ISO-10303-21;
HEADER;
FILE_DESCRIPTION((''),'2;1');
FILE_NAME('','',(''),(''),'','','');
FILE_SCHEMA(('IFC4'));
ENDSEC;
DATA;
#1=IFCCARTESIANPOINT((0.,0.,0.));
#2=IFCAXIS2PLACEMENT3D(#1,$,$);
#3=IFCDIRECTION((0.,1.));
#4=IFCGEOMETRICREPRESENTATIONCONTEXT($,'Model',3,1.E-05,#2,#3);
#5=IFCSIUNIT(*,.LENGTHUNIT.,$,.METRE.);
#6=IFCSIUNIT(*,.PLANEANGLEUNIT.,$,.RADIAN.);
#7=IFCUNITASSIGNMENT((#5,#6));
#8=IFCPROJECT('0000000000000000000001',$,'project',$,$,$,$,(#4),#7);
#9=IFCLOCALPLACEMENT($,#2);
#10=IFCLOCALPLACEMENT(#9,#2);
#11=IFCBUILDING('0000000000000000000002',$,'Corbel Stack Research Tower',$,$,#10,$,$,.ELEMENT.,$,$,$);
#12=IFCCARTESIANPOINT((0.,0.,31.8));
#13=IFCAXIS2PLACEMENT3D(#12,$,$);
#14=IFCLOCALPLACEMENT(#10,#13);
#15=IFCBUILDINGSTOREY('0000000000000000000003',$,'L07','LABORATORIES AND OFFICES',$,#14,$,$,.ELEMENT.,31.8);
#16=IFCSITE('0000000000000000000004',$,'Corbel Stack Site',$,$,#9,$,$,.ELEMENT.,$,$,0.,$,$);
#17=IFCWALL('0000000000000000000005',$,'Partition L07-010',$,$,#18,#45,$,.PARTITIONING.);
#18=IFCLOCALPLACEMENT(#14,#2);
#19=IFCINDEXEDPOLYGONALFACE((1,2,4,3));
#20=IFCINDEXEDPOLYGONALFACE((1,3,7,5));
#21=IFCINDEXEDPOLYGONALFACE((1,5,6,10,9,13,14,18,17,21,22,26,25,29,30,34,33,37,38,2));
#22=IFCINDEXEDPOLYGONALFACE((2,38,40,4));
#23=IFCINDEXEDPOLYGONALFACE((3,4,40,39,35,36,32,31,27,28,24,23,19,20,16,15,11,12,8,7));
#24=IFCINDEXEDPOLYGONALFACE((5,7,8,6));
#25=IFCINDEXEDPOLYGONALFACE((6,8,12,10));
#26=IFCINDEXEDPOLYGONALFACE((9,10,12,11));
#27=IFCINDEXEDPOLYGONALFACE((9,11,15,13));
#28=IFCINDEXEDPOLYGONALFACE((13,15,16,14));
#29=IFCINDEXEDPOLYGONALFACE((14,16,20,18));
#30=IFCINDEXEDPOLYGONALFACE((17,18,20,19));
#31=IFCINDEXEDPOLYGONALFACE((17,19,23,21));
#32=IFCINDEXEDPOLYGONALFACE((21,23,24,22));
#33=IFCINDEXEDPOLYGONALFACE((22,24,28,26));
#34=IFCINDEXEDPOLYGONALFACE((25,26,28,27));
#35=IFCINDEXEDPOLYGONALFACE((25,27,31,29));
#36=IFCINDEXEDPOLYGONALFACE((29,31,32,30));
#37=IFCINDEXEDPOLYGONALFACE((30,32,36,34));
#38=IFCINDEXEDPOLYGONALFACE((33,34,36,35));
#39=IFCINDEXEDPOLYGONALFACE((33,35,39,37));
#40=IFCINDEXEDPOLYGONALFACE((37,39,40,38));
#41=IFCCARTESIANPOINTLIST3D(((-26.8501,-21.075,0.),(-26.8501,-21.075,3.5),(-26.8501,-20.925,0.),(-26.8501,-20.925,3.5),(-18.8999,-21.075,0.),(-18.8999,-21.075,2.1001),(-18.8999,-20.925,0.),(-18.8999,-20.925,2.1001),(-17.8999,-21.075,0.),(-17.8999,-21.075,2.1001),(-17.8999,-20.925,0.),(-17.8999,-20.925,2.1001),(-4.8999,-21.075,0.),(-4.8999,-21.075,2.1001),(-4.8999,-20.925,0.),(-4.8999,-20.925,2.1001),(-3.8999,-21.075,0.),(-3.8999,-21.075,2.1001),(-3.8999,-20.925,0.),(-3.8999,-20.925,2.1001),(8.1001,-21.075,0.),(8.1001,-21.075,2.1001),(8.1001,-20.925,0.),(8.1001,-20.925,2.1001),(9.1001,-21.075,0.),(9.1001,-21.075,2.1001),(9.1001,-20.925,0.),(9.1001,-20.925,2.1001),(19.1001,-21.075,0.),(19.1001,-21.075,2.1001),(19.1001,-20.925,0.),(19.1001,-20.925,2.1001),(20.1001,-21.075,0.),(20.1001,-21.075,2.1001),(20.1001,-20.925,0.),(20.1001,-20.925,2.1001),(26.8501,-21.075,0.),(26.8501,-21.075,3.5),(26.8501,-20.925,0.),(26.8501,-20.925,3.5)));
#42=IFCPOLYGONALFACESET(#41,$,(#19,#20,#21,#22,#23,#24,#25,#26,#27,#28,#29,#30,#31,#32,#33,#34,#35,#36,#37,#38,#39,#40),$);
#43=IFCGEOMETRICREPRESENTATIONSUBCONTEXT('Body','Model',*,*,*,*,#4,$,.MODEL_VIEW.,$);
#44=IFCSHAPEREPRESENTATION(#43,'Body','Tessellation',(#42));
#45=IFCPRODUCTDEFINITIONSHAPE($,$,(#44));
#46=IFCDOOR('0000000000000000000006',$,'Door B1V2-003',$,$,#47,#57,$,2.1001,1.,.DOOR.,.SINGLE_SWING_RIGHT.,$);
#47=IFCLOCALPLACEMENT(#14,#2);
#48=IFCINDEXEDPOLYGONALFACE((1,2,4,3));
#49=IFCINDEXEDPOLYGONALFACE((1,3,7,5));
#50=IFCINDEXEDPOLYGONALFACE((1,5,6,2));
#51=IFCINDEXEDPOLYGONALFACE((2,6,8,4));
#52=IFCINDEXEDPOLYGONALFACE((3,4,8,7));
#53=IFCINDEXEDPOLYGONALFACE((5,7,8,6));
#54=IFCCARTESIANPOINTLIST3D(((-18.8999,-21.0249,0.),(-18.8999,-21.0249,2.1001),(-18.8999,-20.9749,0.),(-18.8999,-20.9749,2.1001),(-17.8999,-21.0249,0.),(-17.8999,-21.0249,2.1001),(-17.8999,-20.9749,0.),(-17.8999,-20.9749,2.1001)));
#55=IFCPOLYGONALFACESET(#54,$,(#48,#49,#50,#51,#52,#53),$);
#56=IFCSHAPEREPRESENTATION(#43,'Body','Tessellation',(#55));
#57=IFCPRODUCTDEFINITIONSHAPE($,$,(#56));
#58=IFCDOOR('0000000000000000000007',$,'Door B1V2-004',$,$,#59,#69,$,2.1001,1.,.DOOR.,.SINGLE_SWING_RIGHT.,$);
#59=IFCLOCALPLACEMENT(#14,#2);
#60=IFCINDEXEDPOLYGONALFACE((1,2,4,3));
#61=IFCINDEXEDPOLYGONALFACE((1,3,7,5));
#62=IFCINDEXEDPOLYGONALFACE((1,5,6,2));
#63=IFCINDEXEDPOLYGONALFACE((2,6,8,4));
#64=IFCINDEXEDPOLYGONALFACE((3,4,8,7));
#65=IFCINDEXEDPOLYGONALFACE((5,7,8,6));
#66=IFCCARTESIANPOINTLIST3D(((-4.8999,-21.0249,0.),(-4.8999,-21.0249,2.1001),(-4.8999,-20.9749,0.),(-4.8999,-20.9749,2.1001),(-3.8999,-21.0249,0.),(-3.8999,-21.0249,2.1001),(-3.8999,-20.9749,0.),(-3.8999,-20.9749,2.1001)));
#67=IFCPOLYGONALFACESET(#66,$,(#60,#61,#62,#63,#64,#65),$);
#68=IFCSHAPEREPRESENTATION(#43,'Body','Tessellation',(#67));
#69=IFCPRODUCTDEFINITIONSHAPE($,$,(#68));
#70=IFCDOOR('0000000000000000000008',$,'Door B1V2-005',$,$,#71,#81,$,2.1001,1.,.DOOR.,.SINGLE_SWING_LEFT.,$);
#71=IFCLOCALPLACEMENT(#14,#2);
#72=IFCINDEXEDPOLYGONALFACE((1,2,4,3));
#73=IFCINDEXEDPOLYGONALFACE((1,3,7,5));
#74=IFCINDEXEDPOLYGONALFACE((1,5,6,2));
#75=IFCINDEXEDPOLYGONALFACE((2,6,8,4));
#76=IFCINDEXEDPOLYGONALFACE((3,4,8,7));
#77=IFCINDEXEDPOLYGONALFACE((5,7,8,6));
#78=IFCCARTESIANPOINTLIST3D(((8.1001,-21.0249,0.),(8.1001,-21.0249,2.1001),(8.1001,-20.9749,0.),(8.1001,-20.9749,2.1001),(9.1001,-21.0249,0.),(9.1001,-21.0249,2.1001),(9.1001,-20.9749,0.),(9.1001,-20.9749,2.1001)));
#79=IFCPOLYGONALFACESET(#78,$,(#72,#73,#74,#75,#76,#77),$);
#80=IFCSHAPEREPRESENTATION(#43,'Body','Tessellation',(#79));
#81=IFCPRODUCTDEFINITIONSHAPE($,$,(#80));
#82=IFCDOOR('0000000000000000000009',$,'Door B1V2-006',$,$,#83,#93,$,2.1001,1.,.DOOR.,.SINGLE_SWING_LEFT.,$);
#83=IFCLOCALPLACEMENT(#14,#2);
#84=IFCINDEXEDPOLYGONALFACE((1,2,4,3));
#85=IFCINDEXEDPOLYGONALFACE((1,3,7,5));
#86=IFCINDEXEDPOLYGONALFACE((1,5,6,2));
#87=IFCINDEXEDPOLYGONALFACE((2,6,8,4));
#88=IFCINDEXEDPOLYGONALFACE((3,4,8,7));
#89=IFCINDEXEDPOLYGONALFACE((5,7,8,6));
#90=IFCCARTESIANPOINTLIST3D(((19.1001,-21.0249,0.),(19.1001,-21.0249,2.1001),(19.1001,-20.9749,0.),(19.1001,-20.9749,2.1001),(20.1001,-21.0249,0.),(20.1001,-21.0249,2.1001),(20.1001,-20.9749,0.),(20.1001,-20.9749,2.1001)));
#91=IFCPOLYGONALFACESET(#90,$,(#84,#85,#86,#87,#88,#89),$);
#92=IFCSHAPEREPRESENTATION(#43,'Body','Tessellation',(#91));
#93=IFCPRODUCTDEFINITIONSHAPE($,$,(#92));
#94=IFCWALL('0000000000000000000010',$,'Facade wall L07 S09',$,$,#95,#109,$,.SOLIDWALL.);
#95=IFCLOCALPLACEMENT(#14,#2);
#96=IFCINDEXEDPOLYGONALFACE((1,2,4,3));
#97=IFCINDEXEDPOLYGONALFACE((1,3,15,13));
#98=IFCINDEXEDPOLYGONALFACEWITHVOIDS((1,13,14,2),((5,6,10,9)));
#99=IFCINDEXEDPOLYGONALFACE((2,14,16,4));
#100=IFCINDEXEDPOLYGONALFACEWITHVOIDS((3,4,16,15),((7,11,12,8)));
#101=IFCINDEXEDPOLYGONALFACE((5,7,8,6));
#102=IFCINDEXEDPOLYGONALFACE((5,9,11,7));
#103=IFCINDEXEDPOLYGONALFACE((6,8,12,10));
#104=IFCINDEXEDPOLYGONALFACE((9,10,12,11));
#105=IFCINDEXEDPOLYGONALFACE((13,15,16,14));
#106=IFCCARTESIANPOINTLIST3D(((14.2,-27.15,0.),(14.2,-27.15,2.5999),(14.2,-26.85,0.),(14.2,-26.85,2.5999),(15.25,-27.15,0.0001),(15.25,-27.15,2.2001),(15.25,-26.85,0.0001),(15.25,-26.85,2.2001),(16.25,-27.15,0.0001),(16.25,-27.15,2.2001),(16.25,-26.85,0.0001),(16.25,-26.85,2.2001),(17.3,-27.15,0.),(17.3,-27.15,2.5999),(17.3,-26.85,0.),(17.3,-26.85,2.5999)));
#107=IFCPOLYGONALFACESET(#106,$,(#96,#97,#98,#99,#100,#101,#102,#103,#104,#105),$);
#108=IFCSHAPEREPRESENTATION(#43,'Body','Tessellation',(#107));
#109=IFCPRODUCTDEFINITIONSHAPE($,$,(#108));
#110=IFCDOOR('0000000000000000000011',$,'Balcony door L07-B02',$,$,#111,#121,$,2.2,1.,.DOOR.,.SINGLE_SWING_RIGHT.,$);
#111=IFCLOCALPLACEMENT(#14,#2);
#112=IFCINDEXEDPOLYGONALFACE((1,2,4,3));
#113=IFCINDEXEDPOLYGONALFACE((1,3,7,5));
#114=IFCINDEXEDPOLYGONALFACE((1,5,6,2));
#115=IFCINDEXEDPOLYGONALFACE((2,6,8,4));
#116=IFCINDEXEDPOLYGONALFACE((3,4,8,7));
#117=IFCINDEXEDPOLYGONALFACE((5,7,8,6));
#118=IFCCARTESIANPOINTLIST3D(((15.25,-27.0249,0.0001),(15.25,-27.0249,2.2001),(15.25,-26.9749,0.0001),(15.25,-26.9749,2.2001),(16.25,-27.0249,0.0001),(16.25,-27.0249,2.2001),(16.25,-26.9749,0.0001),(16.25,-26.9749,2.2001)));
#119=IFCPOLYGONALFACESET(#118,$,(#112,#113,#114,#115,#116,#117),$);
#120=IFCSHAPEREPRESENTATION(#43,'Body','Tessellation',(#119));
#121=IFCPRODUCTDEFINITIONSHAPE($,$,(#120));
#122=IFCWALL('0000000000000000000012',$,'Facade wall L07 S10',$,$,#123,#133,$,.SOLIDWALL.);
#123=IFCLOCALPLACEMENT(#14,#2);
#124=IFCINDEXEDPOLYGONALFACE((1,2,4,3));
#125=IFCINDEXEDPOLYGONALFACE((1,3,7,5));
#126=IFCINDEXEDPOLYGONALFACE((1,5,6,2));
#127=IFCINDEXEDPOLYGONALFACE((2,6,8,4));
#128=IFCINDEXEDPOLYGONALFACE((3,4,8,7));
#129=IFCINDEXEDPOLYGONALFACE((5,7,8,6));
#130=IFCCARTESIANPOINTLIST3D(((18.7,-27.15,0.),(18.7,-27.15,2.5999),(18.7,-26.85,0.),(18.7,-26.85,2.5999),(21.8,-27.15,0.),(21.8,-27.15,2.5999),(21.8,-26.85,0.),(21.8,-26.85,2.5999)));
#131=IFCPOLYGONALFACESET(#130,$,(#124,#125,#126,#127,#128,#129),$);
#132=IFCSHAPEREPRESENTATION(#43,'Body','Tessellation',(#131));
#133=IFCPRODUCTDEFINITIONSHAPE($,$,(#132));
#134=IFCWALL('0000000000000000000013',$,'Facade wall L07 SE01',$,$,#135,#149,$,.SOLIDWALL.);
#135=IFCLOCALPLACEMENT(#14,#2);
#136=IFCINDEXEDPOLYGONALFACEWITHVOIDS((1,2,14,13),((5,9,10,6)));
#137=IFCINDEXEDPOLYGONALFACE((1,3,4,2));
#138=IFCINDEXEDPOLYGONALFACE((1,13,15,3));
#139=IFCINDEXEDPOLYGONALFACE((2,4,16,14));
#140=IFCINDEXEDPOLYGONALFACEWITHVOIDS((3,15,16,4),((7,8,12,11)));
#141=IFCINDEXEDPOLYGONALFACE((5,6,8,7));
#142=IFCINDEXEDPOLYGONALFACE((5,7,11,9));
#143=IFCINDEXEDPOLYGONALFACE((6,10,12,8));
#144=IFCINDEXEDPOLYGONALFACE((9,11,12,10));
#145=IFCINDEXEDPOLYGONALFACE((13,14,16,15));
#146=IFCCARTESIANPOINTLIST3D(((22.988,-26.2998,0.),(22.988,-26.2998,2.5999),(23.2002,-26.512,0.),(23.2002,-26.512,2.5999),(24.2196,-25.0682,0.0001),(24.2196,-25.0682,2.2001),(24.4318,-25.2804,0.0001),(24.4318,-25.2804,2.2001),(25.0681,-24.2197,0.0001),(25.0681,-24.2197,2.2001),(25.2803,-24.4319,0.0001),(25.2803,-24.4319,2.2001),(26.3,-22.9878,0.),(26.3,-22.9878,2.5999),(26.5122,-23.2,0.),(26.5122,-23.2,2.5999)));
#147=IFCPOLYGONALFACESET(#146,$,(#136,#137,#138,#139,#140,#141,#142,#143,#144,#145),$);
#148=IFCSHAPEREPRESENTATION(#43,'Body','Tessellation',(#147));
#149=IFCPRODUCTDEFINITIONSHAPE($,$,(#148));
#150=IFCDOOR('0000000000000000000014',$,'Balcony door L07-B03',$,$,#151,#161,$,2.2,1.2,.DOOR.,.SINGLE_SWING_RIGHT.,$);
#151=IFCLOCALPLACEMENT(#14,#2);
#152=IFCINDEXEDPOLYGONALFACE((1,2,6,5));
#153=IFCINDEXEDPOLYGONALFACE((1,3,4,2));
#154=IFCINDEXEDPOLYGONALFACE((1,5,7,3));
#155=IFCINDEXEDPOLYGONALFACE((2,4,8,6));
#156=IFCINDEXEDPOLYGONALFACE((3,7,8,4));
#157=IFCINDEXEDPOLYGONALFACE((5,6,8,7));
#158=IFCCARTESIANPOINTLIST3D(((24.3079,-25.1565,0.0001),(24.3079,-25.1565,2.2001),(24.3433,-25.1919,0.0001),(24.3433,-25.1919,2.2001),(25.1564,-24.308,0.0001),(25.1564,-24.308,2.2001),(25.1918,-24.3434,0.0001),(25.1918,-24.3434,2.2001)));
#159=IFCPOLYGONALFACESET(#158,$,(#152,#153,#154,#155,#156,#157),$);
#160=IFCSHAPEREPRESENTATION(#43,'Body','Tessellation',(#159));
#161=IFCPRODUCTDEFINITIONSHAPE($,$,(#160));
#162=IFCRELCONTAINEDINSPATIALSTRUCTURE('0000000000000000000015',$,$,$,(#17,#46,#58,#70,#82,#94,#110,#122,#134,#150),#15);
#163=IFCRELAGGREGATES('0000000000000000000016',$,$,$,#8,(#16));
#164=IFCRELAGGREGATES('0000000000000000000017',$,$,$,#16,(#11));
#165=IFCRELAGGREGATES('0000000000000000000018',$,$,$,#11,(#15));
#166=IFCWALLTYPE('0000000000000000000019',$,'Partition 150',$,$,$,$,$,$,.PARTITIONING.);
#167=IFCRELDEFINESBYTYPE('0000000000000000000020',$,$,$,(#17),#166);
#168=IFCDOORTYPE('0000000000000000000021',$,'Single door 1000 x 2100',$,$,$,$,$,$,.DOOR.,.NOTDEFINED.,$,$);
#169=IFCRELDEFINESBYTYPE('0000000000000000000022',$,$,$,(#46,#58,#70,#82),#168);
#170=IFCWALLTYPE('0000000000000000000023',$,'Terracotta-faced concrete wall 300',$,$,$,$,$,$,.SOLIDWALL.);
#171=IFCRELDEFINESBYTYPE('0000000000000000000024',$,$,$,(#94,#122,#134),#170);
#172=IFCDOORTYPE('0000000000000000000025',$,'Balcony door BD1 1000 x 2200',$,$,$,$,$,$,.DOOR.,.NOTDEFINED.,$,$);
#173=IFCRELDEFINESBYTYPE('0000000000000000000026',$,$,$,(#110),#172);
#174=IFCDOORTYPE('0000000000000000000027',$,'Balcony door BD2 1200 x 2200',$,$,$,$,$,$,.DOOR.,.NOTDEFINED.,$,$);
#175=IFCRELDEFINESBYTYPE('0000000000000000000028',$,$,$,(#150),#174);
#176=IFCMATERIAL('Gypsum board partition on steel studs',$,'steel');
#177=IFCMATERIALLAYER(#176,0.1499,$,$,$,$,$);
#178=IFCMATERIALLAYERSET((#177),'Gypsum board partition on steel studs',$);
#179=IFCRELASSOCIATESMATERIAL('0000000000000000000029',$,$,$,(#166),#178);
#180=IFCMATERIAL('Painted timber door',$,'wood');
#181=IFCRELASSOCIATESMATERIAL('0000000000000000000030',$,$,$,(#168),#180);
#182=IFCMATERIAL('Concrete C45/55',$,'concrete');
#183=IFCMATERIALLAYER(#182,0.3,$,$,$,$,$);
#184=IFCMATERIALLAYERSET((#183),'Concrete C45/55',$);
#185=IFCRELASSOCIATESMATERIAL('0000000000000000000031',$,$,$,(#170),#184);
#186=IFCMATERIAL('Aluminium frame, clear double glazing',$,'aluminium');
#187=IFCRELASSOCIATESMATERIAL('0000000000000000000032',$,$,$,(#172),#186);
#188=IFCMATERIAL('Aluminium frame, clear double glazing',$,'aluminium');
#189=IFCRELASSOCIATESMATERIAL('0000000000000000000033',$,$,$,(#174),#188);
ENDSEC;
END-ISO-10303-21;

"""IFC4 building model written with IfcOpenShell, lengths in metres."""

from ifc_helpers import new_model, si_unit, direction, frame, frame_2d, origin, place, context, subcontext, project, spatial, rectangle, extrude, material, layer, layer_set, type_object, element, fill, save


model = new_model("IFC4")

# Units and contexts
model_context = context("Model", 3, precision=1e-05, world=origin(), true_north=direction((0.0, 1.0)))
body_context = subcontext(model_context, "Body", "Model", "MODEL_VIEW")
ifc_project = project(units=[si_unit("LENGTHUNIT", "METRE"), si_unit("PLANEANGLEUNIT", "RADIAN")], contexts=[model_context])

# Site, building, storey
site_placement = place(None, origin())
site = spatial("IfcSite", under=ifc_project, at=site_placement, Name="Corbel Stack Site", CompositionType="ELEMENT", RefElevation=0.0)
building_placement = place(site_placement, origin())
building = spatial("IfcBuilding", under=site, at=building_placement, Name="Corbel Stack Research Tower", CompositionType="ELEMENT")
storey_placement = place(building_placement, frame((0.0, 0.0, 31.8)))
storey = spatial("IfcBuildingStorey", under=building, at=storey_placement, Name="L07", Description="LABORATORIES AND OFFICES", CompositionType="ELEMENT", Elevation=31.8)

# Wall, openings, doors
ifc_material_1 = material(Name="Gypsum board partition on steel studs", Category="steel")
ifc_layer_1 = layer(ifc_material_1, 0.1499)
ifc_layer_set_1 = layer_set([ifc_layer_1], Name="Gypsum board partition on steel studs")
wall_type_1 = type_object("IfcWallType", Name="Partition 150", PredefinedType="PARTITIONING", material=ifc_layer_set_1)
wall_1_placement = place(storey_placement, frame((26.8501, -21.0, 0.0), z_axis=(0.0, 0.0, 1.0), x_axis=(-1.0, 0.0, 0.0)))
wall_1 = element("IfcWall", 1, at=wall_1_placement, inside=storey, type_object=wall_type_1, Name="Partition L07-010", PredefinedType="PARTITIONING", context=body_context, shape_type="SweptSolid", body=[
    extrude(rectangle(XDim=53.7002, YDim=0.1499, at=frame_2d((26.8501, 0.0))), origin(), (0.0, 0.0, 1.0), 3.5),
])
opening_1_placement = place(wall_1_placement, frame((44.75, 0.0, 0.0)))
opening_1 = element("IfcOpeningElement", 2, at=opening_1_placement, cuts=wall_1, PredefinedType="OPENING", context=body_context, shape_type="SweptSolid", body=[
    extrude(rectangle(XDim=1.0, YDim=2.1001, at=frame_2d((0.5, 1.05))), frame((0.0, 0.085, 0.0), z_axis=(0.0, -1.0, 0.0), x_axis=(1.0, 0.0, 0.0)), (0.0, 0.0, 1.0), 0.1699),
])
opening_2_placement = place(wall_1_placement, frame((30.75, 0.0, 0.0)))
opening_2 = element("IfcOpeningElement", 3, at=opening_2_placement, cuts=wall_1, PredefinedType="OPENING", context=body_context, shape_type="SweptSolid", body=[
    extrude(rectangle(XDim=1.0, YDim=2.1001, at=frame_2d((0.5, 1.05))), frame((0.0, 0.085, 0.0), z_axis=(0.0, -1.0, 0.0), x_axis=(1.0, 0.0, 0.0)), (0.0, 0.0, 1.0), 0.1699),
])
opening_3_placement = place(wall_1_placement, frame((17.75, 0.0, 0.0)))
opening_3 = element("IfcOpeningElement", 4, at=opening_3_placement, cuts=wall_1, PredefinedType="OPENING", context=body_context, shape_type="SweptSolid", body=[
    extrude(rectangle(XDim=1.0, YDim=2.1001, at=frame_2d((0.5, 1.05))), frame((0.0, 0.085, 0.0), z_axis=(0.0, -1.0, 0.0), x_axis=(1.0, 0.0, 0.0)), (0.0, 0.0, 1.0), 0.1699),
])
opening_4_placement = place(wall_1_placement, frame((6.75, 0.0, 0.0)))
opening_4 = element("IfcOpeningElement", 5, at=opening_4_placement, cuts=wall_1, PredefinedType="OPENING", context=body_context, shape_type="SweptSolid", body=[
    extrude(rectangle(XDim=1.0, YDim=2.1001, at=frame_2d((0.5, 1.05))), frame((0.0, 0.085, 0.0), z_axis=(0.0, -1.0, 0.0), x_axis=(1.0, 0.0, 0.0)), (0.0, 0.0, 1.0), 0.1699),
])
ifc_material_2 = material(Name="Painted timber door", Category="wood")
door_type_1 = type_object("IfcDoorType", Name="Single door 1000 x 2100", OperationType="NOTDEFINED", PredefinedType="DOOR", material=ifc_material_2)
door_1_placement = place(opening_1_placement, origin())
door_1 = element("IfcDoor", 6, at=door_1_placement, inside=storey, type_object=door_type_1, Name="Door B1V2-003", OperationType="SINGLE_SWING_RIGHT", OverallHeight=2.1001, OverallWidth=1.0, PredefinedType="DOOR", context=body_context, shape_type="SweptSolid", body=[
    extrude(rectangle(XDim=1.0, YDim=2.1001, at=frame_2d((0.5, 1.05))), frame((0.0, 0.0249, 0.0), z_axis=(0.0, -1.0, 0.0), x_axis=(1.0, 0.0, 0.0)), (0.0, 0.0, 1.0), 0.05),
])
fill(opening_1, door_1)
door_2_placement = place(opening_2_placement, origin())
door_2 = element("IfcDoor", 7, at=door_2_placement, inside=storey, type_object=door_type_1, Name="Door B1V2-004", OperationType="SINGLE_SWING_RIGHT", OverallHeight=2.1001, OverallWidth=1.0, PredefinedType="DOOR", context=body_context, shape_type="SweptSolid", body=[
    extrude(rectangle(XDim=1.0, YDim=2.1001, at=frame_2d((0.5, 1.05))), frame((0.0, 0.0249, 0.0), z_axis=(0.0, -1.0, 0.0), x_axis=(1.0, 0.0, 0.0)), (0.0, 0.0, 1.0), 0.05),
])
fill(opening_2, door_2)
door_3_placement = place(opening_3_placement, origin())
door_3 = element("IfcDoor", 8, at=door_3_placement, inside=storey, type_object=door_type_1, Name="Door B1V2-005", OperationType="SINGLE_SWING_LEFT", OverallHeight=2.1001, OverallWidth=1.0, PredefinedType="DOOR", context=body_context, shape_type="SweptSolid", body=[
    extrude(rectangle(XDim=1.0, YDim=2.1001, at=frame_2d((0.5, 1.05))), frame((0.0, 0.0249, 0.0), z_axis=(0.0, -1.0, 0.0), x_axis=(1.0, 0.0, 0.0)), (0.0, 0.0, 1.0), 0.05),
])
fill(opening_3, door_3)
door_4_placement = place(opening_4_placement, origin())
door_4 = element("IfcDoor", 9, at=door_4_placement, inside=storey, type_object=door_type_1, Name="Door B1V2-006", OperationType="SINGLE_SWING_LEFT", OverallHeight=2.1001, OverallWidth=1.0, PredefinedType="DOOR", context=body_context, shape_type="SweptSolid", body=[
    extrude(rectangle(XDim=1.0, YDim=2.1001, at=frame_2d((0.5, 1.05))), frame((0.0, 0.0249, 0.0), z_axis=(0.0, -1.0, 0.0), x_axis=(1.0, 0.0, 0.0)), (0.0, 0.0, 1.0), 0.05),
])
fill(opening_4, door_4)

# Wall, opening, door
ifc_material_3 = material(Name="Concrete C45/55", Category="concrete")
ifc_layer_2 = layer(ifc_material_3, 0.3)
ifc_layer_set_2 = layer_set([ifc_layer_2], Name="Concrete C45/55")
wall_type_2 = type_object("IfcWallType", Name="Terracotta-faced concrete wall 300", PredefinedType="SOLIDWALL", material=ifc_layer_set_2)
wall_2_placement = place(storey_placement, frame((17.3, -27.0, 0.0), z_axis=(0.0, 0.0, 1.0), x_axis=(-1.0, 0.0, 0.0)))
wall_2 = element("IfcWall", 10, at=wall_2_placement, inside=storey, type_object=wall_type_2, Name="Facade wall L07 S09", PredefinedType="SOLIDWALL", context=body_context, shape_type="SweptSolid", body=[
    extrude(rectangle(XDim=3.1001, YDim=0.3, at=frame_2d((1.55, 0.0))), origin(), (0.0, 0.0, 1.0), 2.5999),
])
opening_5_placement = place(wall_2_placement, frame((1.05, 0.0, 0.0)))
opening_5 = element("IfcOpeningElement", 11, at=opening_5_placement, cuts=wall_2, PredefinedType="OPENING", context=body_context, shape_type="SweptSolid", body=[
    extrude(rectangle(XDim=1.0, YDim=2.2, at=frame_2d((0.5, 1.1001))), frame((0.0, 0.1599, 0.0), z_axis=(0.0, -1.0, 0.0), x_axis=(1.0, 0.0, 0.0)), (0.0, 0.0, 1.0), 0.3201),
])
ifc_material_4 = material(Name="Aluminium frame, clear double glazing", Category="aluminium")
door_type_2 = type_object("IfcDoorType", Name="Balcony door BD1 1000 x 2200", OperationType="NOTDEFINED", PredefinedType="DOOR", material=ifc_material_4)
door_5_placement = place(opening_5_placement, origin())
door_5 = element("IfcDoor", 12, at=door_5_placement, inside=storey, type_object=door_type_2, Name="Balcony door L07-B02", OperationType="SINGLE_SWING_RIGHT", OverallHeight=2.2, OverallWidth=1.0, PredefinedType="DOOR", context=body_context, shape_type="SweptSolid", body=[
    extrude(rectangle(XDim=1.0, YDim=2.2, at=frame_2d((0.5, 1.1001))), frame((0.0, 0.0249, 0.0), z_axis=(0.0, -1.0, 0.0), x_axis=(1.0, 0.0, 0.0)), (0.0, 0.0, 1.0), 0.05),
])
fill(opening_5, door_5)

# Wall
wall_3_placement = place(storey_placement, frame((21.8, -27.0, 0.0), z_axis=(0.0, 0.0, 1.0), x_axis=(-1.0, 0.0, 0.0)))
element("IfcWall", 13, at=wall_3_placement, inside=storey, type_object=wall_type_2, Name="Facade wall L07 S10", PredefinedType="SOLIDWALL", context=body_context, shape_type="SweptSolid", body=[
    extrude(rectangle(XDim=3.1001, YDim=0.3, at=frame_2d((1.55, 0.0))), origin(), (0.0, 0.0, 1.0), 2.5999),
])

# Wall, opening, door
wall_4_placement = place(storey_placement, frame((26.406, -23.094, 0.0), z_axis=(0.0, 0.0, 1.0), x_axis=(-0.707107, -0.707107, 0.0)))
wall_4 = element("IfcWall", 14, at=wall_4_placement, inside=storey, type_object=wall_type_2, Name="Facade wall L07 SE01", PredefinedType="SOLIDWALL", context=body_context, shape_type="SweptSolid", body=[
    extrude(rectangle(XDim=4.6838, YDim=0.3, at=frame_2d((2.3418, 0.0))), origin(), (0.0, 0.0, 1.0), 2.5999),
])
opening_6_placement = place(wall_4_placement, frame((1.7419, 0.0, 0.0)))
opening_6 = element("IfcOpeningElement", 15, at=opening_6_placement, cuts=wall_4, PredefinedType="OPENING", context=body_context, shape_type="SweptSolid", body=[
    extrude(rectangle(XDim=1.2, YDim=2.2, at=frame_2d((0.6001, 1.1001))), frame((0.0, 0.1599, 0.0), z_axis=(0.0, -1.0, 0.0), x_axis=(1.0, 0.0, 0.0)), (0.0, 0.0, 1.0), 0.3201),
])
ifc_material_5 = material(Name="Aluminium frame, clear double glazing", Category="aluminium")
door_type_3 = type_object("IfcDoorType", Name="Balcony door BD2 1200 x 2200", OperationType="NOTDEFINED", PredefinedType="DOOR", material=ifc_material_5)
door_6_placement = place(opening_6_placement, origin())
door_6 = element("IfcDoor", 16, at=door_6_placement, inside=storey, type_object=door_type_3, Name="Balcony door L07-B03", OperationType="SINGLE_SWING_RIGHT", OverallHeight=2.2, OverallWidth=1.2, PredefinedType="DOOR", context=body_context, shape_type="SweptSolid", body=[
    extrude(rectangle(XDim=1.2, YDim=2.2, at=frame_2d((0.6001, 1.1001))), frame((0.0, 0.0249, 0.0), z_axis=(0.0, -1.0, 0.0), x_axis=(1.0, 0.0, 0.0)), (0.0, 0.0, 1.0), 0.05),
])
fill(opening_6, door_6)

save(model, "model.ifc")
